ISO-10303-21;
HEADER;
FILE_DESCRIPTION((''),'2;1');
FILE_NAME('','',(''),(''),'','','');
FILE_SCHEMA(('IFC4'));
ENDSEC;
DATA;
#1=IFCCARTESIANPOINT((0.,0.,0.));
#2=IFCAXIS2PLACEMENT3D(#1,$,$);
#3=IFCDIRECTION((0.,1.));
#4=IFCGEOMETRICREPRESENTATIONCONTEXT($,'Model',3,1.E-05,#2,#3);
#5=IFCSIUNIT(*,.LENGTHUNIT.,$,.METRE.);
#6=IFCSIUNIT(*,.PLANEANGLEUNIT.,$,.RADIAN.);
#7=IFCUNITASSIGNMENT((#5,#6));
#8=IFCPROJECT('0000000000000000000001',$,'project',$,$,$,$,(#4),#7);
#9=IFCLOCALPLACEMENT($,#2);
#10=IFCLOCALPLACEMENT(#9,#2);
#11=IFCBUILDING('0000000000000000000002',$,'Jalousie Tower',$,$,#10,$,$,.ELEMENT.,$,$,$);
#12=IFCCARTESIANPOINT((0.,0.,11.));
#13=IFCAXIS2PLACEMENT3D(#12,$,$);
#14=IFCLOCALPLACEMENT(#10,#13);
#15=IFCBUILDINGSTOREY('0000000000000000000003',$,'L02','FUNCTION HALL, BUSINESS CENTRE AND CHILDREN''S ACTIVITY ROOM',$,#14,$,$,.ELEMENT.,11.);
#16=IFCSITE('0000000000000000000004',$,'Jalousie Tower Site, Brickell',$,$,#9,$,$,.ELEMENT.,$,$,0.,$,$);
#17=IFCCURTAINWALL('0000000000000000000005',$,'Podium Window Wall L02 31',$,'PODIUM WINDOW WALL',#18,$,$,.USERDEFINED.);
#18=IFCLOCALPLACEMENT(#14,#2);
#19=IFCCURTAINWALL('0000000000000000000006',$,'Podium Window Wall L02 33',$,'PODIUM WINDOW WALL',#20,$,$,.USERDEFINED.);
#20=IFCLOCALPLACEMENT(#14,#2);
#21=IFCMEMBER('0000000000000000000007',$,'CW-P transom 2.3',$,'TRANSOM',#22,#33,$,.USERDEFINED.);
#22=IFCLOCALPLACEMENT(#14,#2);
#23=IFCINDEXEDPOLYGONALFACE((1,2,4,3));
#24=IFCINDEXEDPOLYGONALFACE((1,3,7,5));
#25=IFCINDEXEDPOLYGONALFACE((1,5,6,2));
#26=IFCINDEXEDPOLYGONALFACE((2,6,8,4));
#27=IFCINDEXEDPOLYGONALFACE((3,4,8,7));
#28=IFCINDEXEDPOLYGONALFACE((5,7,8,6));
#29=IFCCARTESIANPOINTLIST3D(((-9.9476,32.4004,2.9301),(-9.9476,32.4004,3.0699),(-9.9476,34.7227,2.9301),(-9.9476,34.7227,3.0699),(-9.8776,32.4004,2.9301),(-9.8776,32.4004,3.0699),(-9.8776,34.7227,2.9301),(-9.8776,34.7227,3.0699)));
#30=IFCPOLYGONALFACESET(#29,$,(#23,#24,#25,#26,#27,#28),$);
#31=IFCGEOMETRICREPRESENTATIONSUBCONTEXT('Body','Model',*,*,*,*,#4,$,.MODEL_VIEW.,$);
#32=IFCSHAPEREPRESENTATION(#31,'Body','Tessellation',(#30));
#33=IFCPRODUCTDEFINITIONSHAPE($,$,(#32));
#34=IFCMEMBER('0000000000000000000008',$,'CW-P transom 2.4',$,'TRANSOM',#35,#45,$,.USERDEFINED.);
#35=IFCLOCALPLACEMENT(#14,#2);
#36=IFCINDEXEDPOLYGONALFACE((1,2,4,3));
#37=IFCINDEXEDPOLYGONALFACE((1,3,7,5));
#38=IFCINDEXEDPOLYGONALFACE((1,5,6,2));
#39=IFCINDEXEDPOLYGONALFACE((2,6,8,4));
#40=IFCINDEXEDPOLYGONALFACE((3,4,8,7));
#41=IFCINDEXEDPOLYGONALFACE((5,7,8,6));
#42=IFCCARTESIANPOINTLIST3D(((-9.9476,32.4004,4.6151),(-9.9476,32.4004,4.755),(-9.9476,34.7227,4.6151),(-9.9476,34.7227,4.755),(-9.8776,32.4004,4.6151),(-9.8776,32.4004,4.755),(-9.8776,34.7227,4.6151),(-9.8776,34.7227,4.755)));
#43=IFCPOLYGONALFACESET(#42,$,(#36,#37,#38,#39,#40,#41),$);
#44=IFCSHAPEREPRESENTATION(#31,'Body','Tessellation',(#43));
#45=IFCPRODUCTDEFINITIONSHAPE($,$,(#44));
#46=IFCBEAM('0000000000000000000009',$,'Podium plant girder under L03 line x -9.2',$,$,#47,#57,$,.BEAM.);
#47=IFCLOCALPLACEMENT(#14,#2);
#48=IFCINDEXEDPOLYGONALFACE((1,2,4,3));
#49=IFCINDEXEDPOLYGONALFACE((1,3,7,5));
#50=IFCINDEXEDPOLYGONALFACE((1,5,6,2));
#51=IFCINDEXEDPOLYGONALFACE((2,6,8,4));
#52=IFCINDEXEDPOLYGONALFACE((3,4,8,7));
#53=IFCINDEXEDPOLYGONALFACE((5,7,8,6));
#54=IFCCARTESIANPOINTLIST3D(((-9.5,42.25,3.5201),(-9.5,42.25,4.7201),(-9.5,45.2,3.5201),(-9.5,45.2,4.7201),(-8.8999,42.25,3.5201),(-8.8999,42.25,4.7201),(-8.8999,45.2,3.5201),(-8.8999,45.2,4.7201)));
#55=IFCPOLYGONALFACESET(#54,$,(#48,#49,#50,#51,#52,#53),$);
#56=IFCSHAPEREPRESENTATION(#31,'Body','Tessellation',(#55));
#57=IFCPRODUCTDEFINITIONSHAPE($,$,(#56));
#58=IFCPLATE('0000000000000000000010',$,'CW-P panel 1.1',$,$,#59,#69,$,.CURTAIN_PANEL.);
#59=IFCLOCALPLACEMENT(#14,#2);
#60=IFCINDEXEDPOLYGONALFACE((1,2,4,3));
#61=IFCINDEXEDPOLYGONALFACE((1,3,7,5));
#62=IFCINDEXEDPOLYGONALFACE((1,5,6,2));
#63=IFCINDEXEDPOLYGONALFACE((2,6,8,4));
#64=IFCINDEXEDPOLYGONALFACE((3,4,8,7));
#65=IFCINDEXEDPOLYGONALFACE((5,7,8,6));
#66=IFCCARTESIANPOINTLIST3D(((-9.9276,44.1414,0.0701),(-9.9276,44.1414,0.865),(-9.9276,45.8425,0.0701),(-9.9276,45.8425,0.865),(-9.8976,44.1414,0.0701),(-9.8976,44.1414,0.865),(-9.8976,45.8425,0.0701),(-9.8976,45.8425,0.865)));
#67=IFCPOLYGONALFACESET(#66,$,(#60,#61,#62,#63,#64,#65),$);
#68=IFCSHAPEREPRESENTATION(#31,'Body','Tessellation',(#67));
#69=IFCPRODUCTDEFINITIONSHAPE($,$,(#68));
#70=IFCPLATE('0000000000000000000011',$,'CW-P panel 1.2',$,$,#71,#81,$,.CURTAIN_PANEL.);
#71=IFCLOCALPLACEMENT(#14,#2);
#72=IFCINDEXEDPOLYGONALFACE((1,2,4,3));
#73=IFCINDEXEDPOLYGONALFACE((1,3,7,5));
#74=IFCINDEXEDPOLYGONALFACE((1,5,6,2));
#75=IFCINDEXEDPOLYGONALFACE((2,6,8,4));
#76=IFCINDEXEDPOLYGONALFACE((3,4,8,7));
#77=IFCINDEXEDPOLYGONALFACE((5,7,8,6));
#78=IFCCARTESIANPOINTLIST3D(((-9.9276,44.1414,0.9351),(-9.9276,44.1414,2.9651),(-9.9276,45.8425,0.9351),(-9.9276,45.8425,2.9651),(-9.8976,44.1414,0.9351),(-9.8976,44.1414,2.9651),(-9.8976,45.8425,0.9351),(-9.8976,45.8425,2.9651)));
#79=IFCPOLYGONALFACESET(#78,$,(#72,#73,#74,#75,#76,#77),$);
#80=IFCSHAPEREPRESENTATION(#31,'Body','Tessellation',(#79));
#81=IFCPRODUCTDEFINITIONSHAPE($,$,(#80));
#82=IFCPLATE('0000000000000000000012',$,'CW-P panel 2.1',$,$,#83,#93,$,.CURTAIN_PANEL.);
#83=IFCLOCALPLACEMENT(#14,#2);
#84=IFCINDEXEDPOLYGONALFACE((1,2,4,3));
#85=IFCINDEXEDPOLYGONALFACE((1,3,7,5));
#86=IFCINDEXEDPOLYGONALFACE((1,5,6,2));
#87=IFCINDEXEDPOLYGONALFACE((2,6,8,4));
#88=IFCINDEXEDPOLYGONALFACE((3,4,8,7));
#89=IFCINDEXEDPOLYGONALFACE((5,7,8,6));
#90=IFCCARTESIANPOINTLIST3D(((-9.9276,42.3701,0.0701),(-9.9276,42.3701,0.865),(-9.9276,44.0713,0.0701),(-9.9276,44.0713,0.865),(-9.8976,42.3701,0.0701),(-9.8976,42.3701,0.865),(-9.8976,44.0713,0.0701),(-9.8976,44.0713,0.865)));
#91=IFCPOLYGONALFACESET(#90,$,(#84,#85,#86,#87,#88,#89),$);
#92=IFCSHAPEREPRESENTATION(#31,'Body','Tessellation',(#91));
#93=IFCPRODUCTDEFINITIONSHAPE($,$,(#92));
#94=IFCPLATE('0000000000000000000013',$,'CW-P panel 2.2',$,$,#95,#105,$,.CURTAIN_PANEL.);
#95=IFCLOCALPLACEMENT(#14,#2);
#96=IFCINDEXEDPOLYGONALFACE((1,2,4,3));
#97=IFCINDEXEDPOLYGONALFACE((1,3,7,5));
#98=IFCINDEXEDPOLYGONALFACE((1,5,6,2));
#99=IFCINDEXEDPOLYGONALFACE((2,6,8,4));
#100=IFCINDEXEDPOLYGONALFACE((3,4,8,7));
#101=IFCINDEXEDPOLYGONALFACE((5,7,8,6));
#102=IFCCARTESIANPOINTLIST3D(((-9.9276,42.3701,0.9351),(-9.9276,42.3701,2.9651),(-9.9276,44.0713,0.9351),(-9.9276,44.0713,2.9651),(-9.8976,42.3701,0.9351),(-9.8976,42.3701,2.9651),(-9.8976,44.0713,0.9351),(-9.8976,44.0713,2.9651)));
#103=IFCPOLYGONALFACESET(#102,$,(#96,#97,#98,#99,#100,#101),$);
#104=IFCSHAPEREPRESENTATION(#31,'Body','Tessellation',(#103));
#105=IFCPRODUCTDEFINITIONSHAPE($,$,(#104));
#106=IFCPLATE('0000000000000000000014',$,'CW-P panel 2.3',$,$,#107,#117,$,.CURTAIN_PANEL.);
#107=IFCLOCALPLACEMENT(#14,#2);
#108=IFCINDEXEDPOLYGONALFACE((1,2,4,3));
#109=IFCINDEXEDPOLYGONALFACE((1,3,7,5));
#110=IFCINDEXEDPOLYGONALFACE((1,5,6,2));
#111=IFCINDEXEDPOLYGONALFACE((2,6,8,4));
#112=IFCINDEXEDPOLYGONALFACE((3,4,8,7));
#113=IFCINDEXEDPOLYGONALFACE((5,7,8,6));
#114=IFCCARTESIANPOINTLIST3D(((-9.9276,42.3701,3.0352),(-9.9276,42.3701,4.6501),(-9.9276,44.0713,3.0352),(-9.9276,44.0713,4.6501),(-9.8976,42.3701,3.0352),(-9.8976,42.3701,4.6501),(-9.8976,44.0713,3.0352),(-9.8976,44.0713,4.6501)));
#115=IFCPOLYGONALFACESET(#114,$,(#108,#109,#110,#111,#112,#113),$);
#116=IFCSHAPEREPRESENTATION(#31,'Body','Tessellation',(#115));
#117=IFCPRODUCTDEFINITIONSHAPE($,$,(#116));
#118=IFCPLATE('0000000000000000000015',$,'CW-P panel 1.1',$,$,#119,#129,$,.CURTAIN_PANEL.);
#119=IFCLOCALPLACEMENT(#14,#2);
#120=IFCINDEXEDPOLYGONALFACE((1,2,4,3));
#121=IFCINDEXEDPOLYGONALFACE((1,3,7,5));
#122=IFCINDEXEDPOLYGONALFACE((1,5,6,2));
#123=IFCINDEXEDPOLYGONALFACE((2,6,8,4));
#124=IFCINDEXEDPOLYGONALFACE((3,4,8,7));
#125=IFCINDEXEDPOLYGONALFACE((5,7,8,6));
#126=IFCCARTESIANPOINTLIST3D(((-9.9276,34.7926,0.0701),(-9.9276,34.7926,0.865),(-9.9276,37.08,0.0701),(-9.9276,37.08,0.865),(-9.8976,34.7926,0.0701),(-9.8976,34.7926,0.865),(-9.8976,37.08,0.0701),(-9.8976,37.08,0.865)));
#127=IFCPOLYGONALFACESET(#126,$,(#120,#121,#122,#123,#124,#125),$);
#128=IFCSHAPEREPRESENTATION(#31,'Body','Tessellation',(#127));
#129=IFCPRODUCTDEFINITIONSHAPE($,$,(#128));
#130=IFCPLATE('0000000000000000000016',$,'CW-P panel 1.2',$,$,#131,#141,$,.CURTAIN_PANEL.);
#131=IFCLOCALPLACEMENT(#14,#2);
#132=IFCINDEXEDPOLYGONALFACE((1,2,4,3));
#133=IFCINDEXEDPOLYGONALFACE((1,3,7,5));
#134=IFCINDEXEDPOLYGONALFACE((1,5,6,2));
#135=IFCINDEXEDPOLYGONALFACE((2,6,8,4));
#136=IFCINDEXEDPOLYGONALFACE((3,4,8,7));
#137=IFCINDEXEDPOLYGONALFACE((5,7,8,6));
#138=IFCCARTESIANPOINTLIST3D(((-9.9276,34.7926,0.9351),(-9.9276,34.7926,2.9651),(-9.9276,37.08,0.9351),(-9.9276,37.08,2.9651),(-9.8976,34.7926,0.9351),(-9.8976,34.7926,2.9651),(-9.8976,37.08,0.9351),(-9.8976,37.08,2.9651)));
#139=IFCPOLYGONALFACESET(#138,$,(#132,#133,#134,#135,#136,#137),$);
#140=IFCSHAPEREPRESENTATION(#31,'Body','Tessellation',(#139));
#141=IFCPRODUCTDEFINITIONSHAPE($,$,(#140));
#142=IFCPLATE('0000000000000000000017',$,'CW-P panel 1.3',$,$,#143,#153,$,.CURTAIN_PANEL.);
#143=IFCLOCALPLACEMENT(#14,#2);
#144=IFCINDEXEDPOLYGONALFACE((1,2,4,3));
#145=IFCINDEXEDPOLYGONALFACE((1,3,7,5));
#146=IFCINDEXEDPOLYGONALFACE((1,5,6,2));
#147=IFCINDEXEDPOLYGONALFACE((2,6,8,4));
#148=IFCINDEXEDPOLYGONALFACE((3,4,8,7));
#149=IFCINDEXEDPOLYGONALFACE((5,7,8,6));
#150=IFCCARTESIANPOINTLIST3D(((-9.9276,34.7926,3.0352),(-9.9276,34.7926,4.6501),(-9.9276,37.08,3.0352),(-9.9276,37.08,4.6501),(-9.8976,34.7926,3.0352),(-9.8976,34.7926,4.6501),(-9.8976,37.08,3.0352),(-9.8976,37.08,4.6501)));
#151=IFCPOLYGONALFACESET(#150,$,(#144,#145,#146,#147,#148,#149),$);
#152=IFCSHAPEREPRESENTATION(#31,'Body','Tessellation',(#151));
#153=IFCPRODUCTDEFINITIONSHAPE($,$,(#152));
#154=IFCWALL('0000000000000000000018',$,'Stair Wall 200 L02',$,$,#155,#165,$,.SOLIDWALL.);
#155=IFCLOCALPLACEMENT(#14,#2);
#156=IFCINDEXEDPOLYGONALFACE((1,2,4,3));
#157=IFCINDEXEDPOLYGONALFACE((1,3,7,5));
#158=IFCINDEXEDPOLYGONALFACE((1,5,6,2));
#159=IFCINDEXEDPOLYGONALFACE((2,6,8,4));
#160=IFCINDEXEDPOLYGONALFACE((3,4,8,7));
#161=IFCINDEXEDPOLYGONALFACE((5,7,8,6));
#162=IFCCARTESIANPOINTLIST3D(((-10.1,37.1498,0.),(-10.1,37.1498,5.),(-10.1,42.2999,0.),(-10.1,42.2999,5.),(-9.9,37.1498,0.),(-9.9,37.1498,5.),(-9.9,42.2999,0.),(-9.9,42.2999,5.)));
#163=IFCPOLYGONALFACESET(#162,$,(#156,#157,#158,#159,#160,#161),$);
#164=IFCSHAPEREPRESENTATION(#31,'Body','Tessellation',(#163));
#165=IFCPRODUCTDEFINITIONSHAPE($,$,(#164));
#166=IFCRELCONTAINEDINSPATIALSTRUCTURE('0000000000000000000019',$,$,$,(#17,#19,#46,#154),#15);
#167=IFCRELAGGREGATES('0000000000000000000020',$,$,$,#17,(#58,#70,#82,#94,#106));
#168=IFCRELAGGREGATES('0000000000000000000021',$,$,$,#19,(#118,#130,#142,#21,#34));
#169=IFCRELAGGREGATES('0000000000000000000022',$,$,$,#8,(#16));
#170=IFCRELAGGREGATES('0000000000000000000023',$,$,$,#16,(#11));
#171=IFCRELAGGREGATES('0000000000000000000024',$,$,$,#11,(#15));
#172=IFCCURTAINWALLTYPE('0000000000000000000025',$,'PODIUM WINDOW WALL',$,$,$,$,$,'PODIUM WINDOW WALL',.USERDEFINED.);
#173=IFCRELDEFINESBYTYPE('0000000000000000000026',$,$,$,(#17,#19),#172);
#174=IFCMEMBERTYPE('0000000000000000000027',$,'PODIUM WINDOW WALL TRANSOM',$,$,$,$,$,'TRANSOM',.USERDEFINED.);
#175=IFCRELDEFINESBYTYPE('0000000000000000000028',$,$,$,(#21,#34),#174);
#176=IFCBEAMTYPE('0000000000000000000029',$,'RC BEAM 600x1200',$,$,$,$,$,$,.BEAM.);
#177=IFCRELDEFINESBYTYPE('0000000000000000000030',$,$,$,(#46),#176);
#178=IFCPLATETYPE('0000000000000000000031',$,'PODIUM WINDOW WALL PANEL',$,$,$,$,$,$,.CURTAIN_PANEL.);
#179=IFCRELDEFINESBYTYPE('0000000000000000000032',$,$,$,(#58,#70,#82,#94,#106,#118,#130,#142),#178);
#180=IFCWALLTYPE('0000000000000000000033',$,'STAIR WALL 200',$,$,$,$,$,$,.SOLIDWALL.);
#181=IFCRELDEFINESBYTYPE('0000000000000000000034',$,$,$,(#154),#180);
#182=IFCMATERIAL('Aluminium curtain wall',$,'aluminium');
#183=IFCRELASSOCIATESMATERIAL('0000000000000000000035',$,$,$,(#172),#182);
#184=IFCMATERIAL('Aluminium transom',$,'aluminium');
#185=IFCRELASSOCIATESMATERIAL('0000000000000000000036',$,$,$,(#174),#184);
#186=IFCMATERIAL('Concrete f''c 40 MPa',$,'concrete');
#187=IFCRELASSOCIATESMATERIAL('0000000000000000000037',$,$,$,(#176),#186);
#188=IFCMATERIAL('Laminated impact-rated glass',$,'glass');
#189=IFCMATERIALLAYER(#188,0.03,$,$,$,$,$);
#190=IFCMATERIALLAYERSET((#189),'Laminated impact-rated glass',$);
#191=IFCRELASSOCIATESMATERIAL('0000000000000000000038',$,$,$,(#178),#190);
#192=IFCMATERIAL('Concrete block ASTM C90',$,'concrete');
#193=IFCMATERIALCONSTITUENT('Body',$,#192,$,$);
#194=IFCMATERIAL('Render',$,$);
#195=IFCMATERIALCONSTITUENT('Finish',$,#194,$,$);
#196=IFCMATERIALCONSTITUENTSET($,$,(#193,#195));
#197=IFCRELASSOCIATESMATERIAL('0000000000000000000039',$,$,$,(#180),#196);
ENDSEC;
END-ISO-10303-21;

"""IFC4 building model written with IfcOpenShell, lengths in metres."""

from ifc_helpers import new_model, si_unit, direction, frame, frame_2d, origin, origin_2d, place, context, subcontext, project, spatial, rectangle, extrude, material, layer, layer_set, constituent, constituent_set, material_profile, profile_set, type_object, element, aggregate, save


model = new_model("IFC4")

# Units and contexts
model_context = context("Model", 3, precision=1e-05, world=origin(), true_north=direction((0.0, 1.0)))
body_context = subcontext(model_context, "Body", "Model", "MODEL_VIEW")
ifc_project = project(units=[si_unit("LENGTHUNIT", "METRE"), si_unit("PLANEANGLEUNIT", "RADIAN")], contexts=[model_context])

# Site, building, storey
site_placement = place(None, origin())
site = spatial("IfcSite", under=ifc_project, at=site_placement, Name="Jalousie Tower Site, Brickell", CompositionType="ELEMENT", RefElevation=0.0)
building_placement = place(site_placement, origin())
building = spatial("IfcBuilding", under=site, at=building_placement, Name="Jalousie Tower", CompositionType="ELEMENT")
storey_placement = place(building_placement, frame((0.0, 0.0, 11.0)))
storey = spatial("IfcBuildingStorey", under=building, at=storey_placement, Name="L02", Description="FUNCTION HALL, BUSINESS CENTRE AND CHILDREN'S ACTIVITY ROOM", CompositionType="ELEMENT", Elevation=11.0)

# Curtain walls
ifc_material_1 = material(Name="Aluminium curtain wall", Category="aluminium")
curtain_wall_type = type_object("IfcCurtainWallType", Name="PODIUM WINDOW WALL", ElementType="PODIUM WINDOW WALL", PredefinedType="USERDEFINED", material=ifc_material_1)
curtain_wall_1_placement = place(storey_placement, origin())
curtain_wall_1 = element("IfcCurtainWall", 1, at=curtain_wall_1_placement, inside=storey, type_object=curtain_wall_type, Name="Podium Window Wall L02 31", ObjectType="PODIUM WINDOW WALL", PredefinedType="USERDEFINED")
curtain_wall_2_placement = place(storey_placement, origin())
curtain_wall_2 = element("IfcCurtainWall", 2, at=curtain_wall_2_placement, inside=storey, type_object=curtain_wall_type, Name="Podium Window Wall L02 33", ObjectType="PODIUM WINDOW WALL", PredefinedType="USERDEFINED")

# Members
ifc_material_2 = material(Name="Aluminium transom", Category="aluminium")
ifc_material_profile_1 = material_profile(ifc_material_2, rectangle(XDim=0.0701, YDim=0.1399, at=origin_2d()), Name="TRANSOM 70x140")
ifc_profile_set_1 = profile_set([ifc_material_profile_1], Name="Aluminium transom")
member_type_1 = type_object("IfcMemberType", Name="PODIUM WINDOW WALL TRANSOM", ElementType="TRANSOM", PredefinedType="USERDEFINED", material=ifc_profile_set_1)
member_1_placement = place(storey_placement, frame((-9.9126, 34.7227, 3.0), z_axis=(0.0, -1.0, 0.0), x_axis=(1.0, 0.0, 0.0)))
member_1 = element("IfcMember", 3, at=member_1_placement, type_object=member_type_1, Name="CW-P transom 2.3", ObjectType="TRANSOM", PredefinedType="USERDEFINED", context=body_context, shape_type="SweptSolid", body=[
    extrude(rectangle(XDim=0.0701, YDim=0.1399, at=origin_2d()), origin(), (0.0, 0.0, 1.0), 2.3223),
])
member_2_placement = place(storey_placement, frame((-9.9126, 34.7227, 4.6851), z_axis=(0.0, -1.0, 0.0), x_axis=(1.0, 0.0, 0.0)))
member_2 = element("IfcMember", 4, at=member_2_placement, type_object=member_type_1, Name="CW-P transom 2.4", ObjectType="TRANSOM", PredefinedType="USERDEFINED", context=body_context, shape_type="SweptSolid", body=[
    extrude(rectangle(XDim=0.0701, YDim=0.1399, at=origin_2d()), origin(), (0.0, 0.0, 1.0), 2.3223),
])

# Beam
ifc_material_3 = material(Name="Concrete f'c 40 MPa", Category="concrete")
ifc_material_profile_2 = material_profile(ifc_material_3, rectangle(XDim=0.6001, YDim=1.2, at=origin_2d()), Name="RC 600x1200")
ifc_profile_set_2 = profile_set([ifc_material_profile_2], Name="Concrete f'c 40 MPa")
beam_type = type_object("IfcBeamType", Name="RC BEAM 600x1200", PredefinedType="BEAM", material=ifc_profile_set_2)
beam_placement = place(storey_placement, frame((-9.2, 42.25, 4.1201), z_axis=(0.0, 1.0, 0.0), x_axis=(-1.0, 0.0, 0.0)))
element("IfcBeam", 5, at=beam_placement, inside=storey, type_object=beam_type, Name="Podium plant girder under L03 line x -9.2", PredefinedType="BEAM", context=body_context, shape_type="SweptSolid", body=[
    extrude(rectangle(XDim=0.6001, YDim=1.2, at=origin_2d()), origin(), (0.0, 0.0, 1.0), 2.95),
])

# Plates
ifc_material_4 = material(Name="Laminated impact-rated glass", Category="glass")
ifc_layer = layer(ifc_material_4, 0.03)
ifc_layer_set = layer_set([ifc_layer], Name="Laminated impact-rated glass")
plate_type = type_object("IfcPlateType", Name="PODIUM WINDOW WALL PANEL", PredefinedType="CURTAIN_PANEL", material=ifc_layer_set)
plate_1_placement = place(storey_placement, frame((-9.9126, 44.9919, 0.0701), z_axis=(0.0, 0.0, 1.0), x_axis=(0.0, -1.0, 0.0)))
plate_1 = element("IfcPlate", 6, at=plate_1_placement, type_object=plate_type, Name="CW-P panel 1.1", PredefinedType="CURTAIN_PANEL", context=body_context, shape_type="SweptSolid", body=[
    extrude(rectangle(XDim=1.7012, YDim=0.03, at=origin_2d()), origin(), (0.0, 0.0, 1.0), 0.7949),
])
plate_2_placement = place(storey_placement, frame((-9.9126, 44.9919, 0.9351), z_axis=(0.0, 0.0, 1.0), x_axis=(0.0, -1.0, 0.0)))
plate_2 = element("IfcPlate", 7, at=plate_2_placement, type_object=plate_type, Name="CW-P panel 1.2", PredefinedType="CURTAIN_PANEL", context=body_context, shape_type="SweptSolid", body=[
    extrude(rectangle(XDim=1.7012, YDim=0.03, at=origin_2d()), origin(), (0.0, 0.0, 1.0), 2.03),
])
plate_3_placement = place(storey_placement, frame((-9.9126, 43.2207, 0.0701), z_axis=(0.0, 0.0, 1.0), x_axis=(0.0, -1.0, 0.0)))
plate_3 = element("IfcPlate", 8, at=plate_3_placement, type_object=plate_type, Name="CW-P panel 2.1", PredefinedType="CURTAIN_PANEL", context=body_context, shape_type="SweptSolid", body=[
    extrude(rectangle(XDim=1.7012, YDim=0.03, at=origin_2d()), origin(), (0.0, 0.0, 1.0), 0.7949),
])
plate_4_placement = place(storey_placement, frame((-9.9126, 43.2207, 0.9351), z_axis=(0.0, 0.0, 1.0), x_axis=(0.0, -1.0, 0.0)))
plate_4 = element("IfcPlate", 9, at=plate_4_placement, type_object=plate_type, Name="CW-P panel 2.2", PredefinedType="CURTAIN_PANEL", context=body_context, shape_type="SweptSolid", body=[
    extrude(rectangle(XDim=1.7012, YDim=0.03, at=origin_2d()), origin(), (0.0, 0.0, 1.0), 2.03),
])
plate_5_placement = place(storey_placement, frame((-9.9126, 43.2207, 3.0352), z_axis=(0.0, 0.0, 1.0), x_axis=(0.0, -1.0, 0.0)))
plate_5 = element("IfcPlate", 10, at=plate_5_placement, type_object=plate_type, Name="CW-P panel 2.3", PredefinedType="CURTAIN_PANEL", context=body_context, shape_type="SweptSolid", body=[
    extrude(rectangle(XDim=1.7012, YDim=0.03, at=origin_2d()), origin(), (0.0, 0.0, 1.0), 1.615),
])
aggregate(curtain_wall_1, [plate_1, plate_2, plate_3, plate_4, plate_5])
plate_6_placement = place(storey_placement, frame((-9.9126, 35.9363, 0.0701), z_axis=(0.0, 0.0, 1.0), x_axis=(0.0, -1.0, 0.0)))
plate_6 = element("IfcPlate", 11, at=plate_6_placement, type_object=plate_type, Name="CW-P panel 1.1", PredefinedType="CURTAIN_PANEL", context=body_context, shape_type="SweptSolid", body=[
    extrude(rectangle(XDim=2.2874, YDim=0.03, at=origin_2d()), origin(), (0.0, 0.0, 1.0), 0.7949),
])
plate_7_placement = place(storey_placement, frame((-9.9126, 35.9363, 0.9351), z_axis=(0.0, 0.0, 1.0), x_axis=(0.0, -1.0, 0.0)))
plate_7 = element("IfcPlate", 12, at=plate_7_placement, type_object=plate_type, Name="CW-P panel 1.2", PredefinedType="CURTAIN_PANEL", context=body_context, shape_type="SweptSolid", body=[
    extrude(rectangle(XDim=2.2874, YDim=0.03, at=origin_2d()), origin(), (0.0, 0.0, 1.0), 2.03),
])
plate_8_placement = place(storey_placement, frame((-9.9126, 35.9363, 3.0352), z_axis=(0.0, 0.0, 1.0), x_axis=(0.0, -1.0, 0.0)))
plate_8 = element("IfcPlate", 13, at=plate_8_placement, type_object=plate_type, Name="CW-P panel 1.3", PredefinedType="CURTAIN_PANEL", context=body_context, shape_type="SweptSolid", body=[
    extrude(rectangle(XDim=2.2874, YDim=0.03, at=origin_2d()), origin(), (0.0, 0.0, 1.0), 1.615),
])
aggregate(curtain_wall_2, [plate_6, plate_7, plate_8, member_1, member_2])

# Wall
ifc_material_5 = material(Name="Concrete block ASTM C90", Category="concrete")
ifc_constituent_1 = constituent(ifc_material_5, Name="Body")
ifc_material_6 = material(Name="Render")
ifc_constituent_2 = constituent(ifc_material_6, Name="Finish")
ifc_constituent_set_1 = constituent_set(constituents=[ifc_constituent_1, ifc_constituent_2])
wall_type = type_object("IfcWallType", Name="STAIR WALL 200", PredefinedType="SOLIDWALL", material=ifc_constituent_set_1)
wall_1_placement = place(storey_placement, frame((-10.0, 42.3, 0.0), z_axis=(0.0, 0.0, 1.0), x_axis=(0.0, -1.0, 0.0)))
element("IfcWall", 14, at=wall_1_placement, inside=storey, type_object=wall_type, Name="Stair Wall 200 L02", PredefinedType="SOLIDWALL", context=body_context, shape_type="SweptSolid", body=[
    extrude(rectangle(XDim=5.1501, YDim=0.2, at=frame_2d((2.5752, 0.0))), origin(), (0.0, 0.0, 1.0), 5.0),
])

save(model, "model.ifc")
